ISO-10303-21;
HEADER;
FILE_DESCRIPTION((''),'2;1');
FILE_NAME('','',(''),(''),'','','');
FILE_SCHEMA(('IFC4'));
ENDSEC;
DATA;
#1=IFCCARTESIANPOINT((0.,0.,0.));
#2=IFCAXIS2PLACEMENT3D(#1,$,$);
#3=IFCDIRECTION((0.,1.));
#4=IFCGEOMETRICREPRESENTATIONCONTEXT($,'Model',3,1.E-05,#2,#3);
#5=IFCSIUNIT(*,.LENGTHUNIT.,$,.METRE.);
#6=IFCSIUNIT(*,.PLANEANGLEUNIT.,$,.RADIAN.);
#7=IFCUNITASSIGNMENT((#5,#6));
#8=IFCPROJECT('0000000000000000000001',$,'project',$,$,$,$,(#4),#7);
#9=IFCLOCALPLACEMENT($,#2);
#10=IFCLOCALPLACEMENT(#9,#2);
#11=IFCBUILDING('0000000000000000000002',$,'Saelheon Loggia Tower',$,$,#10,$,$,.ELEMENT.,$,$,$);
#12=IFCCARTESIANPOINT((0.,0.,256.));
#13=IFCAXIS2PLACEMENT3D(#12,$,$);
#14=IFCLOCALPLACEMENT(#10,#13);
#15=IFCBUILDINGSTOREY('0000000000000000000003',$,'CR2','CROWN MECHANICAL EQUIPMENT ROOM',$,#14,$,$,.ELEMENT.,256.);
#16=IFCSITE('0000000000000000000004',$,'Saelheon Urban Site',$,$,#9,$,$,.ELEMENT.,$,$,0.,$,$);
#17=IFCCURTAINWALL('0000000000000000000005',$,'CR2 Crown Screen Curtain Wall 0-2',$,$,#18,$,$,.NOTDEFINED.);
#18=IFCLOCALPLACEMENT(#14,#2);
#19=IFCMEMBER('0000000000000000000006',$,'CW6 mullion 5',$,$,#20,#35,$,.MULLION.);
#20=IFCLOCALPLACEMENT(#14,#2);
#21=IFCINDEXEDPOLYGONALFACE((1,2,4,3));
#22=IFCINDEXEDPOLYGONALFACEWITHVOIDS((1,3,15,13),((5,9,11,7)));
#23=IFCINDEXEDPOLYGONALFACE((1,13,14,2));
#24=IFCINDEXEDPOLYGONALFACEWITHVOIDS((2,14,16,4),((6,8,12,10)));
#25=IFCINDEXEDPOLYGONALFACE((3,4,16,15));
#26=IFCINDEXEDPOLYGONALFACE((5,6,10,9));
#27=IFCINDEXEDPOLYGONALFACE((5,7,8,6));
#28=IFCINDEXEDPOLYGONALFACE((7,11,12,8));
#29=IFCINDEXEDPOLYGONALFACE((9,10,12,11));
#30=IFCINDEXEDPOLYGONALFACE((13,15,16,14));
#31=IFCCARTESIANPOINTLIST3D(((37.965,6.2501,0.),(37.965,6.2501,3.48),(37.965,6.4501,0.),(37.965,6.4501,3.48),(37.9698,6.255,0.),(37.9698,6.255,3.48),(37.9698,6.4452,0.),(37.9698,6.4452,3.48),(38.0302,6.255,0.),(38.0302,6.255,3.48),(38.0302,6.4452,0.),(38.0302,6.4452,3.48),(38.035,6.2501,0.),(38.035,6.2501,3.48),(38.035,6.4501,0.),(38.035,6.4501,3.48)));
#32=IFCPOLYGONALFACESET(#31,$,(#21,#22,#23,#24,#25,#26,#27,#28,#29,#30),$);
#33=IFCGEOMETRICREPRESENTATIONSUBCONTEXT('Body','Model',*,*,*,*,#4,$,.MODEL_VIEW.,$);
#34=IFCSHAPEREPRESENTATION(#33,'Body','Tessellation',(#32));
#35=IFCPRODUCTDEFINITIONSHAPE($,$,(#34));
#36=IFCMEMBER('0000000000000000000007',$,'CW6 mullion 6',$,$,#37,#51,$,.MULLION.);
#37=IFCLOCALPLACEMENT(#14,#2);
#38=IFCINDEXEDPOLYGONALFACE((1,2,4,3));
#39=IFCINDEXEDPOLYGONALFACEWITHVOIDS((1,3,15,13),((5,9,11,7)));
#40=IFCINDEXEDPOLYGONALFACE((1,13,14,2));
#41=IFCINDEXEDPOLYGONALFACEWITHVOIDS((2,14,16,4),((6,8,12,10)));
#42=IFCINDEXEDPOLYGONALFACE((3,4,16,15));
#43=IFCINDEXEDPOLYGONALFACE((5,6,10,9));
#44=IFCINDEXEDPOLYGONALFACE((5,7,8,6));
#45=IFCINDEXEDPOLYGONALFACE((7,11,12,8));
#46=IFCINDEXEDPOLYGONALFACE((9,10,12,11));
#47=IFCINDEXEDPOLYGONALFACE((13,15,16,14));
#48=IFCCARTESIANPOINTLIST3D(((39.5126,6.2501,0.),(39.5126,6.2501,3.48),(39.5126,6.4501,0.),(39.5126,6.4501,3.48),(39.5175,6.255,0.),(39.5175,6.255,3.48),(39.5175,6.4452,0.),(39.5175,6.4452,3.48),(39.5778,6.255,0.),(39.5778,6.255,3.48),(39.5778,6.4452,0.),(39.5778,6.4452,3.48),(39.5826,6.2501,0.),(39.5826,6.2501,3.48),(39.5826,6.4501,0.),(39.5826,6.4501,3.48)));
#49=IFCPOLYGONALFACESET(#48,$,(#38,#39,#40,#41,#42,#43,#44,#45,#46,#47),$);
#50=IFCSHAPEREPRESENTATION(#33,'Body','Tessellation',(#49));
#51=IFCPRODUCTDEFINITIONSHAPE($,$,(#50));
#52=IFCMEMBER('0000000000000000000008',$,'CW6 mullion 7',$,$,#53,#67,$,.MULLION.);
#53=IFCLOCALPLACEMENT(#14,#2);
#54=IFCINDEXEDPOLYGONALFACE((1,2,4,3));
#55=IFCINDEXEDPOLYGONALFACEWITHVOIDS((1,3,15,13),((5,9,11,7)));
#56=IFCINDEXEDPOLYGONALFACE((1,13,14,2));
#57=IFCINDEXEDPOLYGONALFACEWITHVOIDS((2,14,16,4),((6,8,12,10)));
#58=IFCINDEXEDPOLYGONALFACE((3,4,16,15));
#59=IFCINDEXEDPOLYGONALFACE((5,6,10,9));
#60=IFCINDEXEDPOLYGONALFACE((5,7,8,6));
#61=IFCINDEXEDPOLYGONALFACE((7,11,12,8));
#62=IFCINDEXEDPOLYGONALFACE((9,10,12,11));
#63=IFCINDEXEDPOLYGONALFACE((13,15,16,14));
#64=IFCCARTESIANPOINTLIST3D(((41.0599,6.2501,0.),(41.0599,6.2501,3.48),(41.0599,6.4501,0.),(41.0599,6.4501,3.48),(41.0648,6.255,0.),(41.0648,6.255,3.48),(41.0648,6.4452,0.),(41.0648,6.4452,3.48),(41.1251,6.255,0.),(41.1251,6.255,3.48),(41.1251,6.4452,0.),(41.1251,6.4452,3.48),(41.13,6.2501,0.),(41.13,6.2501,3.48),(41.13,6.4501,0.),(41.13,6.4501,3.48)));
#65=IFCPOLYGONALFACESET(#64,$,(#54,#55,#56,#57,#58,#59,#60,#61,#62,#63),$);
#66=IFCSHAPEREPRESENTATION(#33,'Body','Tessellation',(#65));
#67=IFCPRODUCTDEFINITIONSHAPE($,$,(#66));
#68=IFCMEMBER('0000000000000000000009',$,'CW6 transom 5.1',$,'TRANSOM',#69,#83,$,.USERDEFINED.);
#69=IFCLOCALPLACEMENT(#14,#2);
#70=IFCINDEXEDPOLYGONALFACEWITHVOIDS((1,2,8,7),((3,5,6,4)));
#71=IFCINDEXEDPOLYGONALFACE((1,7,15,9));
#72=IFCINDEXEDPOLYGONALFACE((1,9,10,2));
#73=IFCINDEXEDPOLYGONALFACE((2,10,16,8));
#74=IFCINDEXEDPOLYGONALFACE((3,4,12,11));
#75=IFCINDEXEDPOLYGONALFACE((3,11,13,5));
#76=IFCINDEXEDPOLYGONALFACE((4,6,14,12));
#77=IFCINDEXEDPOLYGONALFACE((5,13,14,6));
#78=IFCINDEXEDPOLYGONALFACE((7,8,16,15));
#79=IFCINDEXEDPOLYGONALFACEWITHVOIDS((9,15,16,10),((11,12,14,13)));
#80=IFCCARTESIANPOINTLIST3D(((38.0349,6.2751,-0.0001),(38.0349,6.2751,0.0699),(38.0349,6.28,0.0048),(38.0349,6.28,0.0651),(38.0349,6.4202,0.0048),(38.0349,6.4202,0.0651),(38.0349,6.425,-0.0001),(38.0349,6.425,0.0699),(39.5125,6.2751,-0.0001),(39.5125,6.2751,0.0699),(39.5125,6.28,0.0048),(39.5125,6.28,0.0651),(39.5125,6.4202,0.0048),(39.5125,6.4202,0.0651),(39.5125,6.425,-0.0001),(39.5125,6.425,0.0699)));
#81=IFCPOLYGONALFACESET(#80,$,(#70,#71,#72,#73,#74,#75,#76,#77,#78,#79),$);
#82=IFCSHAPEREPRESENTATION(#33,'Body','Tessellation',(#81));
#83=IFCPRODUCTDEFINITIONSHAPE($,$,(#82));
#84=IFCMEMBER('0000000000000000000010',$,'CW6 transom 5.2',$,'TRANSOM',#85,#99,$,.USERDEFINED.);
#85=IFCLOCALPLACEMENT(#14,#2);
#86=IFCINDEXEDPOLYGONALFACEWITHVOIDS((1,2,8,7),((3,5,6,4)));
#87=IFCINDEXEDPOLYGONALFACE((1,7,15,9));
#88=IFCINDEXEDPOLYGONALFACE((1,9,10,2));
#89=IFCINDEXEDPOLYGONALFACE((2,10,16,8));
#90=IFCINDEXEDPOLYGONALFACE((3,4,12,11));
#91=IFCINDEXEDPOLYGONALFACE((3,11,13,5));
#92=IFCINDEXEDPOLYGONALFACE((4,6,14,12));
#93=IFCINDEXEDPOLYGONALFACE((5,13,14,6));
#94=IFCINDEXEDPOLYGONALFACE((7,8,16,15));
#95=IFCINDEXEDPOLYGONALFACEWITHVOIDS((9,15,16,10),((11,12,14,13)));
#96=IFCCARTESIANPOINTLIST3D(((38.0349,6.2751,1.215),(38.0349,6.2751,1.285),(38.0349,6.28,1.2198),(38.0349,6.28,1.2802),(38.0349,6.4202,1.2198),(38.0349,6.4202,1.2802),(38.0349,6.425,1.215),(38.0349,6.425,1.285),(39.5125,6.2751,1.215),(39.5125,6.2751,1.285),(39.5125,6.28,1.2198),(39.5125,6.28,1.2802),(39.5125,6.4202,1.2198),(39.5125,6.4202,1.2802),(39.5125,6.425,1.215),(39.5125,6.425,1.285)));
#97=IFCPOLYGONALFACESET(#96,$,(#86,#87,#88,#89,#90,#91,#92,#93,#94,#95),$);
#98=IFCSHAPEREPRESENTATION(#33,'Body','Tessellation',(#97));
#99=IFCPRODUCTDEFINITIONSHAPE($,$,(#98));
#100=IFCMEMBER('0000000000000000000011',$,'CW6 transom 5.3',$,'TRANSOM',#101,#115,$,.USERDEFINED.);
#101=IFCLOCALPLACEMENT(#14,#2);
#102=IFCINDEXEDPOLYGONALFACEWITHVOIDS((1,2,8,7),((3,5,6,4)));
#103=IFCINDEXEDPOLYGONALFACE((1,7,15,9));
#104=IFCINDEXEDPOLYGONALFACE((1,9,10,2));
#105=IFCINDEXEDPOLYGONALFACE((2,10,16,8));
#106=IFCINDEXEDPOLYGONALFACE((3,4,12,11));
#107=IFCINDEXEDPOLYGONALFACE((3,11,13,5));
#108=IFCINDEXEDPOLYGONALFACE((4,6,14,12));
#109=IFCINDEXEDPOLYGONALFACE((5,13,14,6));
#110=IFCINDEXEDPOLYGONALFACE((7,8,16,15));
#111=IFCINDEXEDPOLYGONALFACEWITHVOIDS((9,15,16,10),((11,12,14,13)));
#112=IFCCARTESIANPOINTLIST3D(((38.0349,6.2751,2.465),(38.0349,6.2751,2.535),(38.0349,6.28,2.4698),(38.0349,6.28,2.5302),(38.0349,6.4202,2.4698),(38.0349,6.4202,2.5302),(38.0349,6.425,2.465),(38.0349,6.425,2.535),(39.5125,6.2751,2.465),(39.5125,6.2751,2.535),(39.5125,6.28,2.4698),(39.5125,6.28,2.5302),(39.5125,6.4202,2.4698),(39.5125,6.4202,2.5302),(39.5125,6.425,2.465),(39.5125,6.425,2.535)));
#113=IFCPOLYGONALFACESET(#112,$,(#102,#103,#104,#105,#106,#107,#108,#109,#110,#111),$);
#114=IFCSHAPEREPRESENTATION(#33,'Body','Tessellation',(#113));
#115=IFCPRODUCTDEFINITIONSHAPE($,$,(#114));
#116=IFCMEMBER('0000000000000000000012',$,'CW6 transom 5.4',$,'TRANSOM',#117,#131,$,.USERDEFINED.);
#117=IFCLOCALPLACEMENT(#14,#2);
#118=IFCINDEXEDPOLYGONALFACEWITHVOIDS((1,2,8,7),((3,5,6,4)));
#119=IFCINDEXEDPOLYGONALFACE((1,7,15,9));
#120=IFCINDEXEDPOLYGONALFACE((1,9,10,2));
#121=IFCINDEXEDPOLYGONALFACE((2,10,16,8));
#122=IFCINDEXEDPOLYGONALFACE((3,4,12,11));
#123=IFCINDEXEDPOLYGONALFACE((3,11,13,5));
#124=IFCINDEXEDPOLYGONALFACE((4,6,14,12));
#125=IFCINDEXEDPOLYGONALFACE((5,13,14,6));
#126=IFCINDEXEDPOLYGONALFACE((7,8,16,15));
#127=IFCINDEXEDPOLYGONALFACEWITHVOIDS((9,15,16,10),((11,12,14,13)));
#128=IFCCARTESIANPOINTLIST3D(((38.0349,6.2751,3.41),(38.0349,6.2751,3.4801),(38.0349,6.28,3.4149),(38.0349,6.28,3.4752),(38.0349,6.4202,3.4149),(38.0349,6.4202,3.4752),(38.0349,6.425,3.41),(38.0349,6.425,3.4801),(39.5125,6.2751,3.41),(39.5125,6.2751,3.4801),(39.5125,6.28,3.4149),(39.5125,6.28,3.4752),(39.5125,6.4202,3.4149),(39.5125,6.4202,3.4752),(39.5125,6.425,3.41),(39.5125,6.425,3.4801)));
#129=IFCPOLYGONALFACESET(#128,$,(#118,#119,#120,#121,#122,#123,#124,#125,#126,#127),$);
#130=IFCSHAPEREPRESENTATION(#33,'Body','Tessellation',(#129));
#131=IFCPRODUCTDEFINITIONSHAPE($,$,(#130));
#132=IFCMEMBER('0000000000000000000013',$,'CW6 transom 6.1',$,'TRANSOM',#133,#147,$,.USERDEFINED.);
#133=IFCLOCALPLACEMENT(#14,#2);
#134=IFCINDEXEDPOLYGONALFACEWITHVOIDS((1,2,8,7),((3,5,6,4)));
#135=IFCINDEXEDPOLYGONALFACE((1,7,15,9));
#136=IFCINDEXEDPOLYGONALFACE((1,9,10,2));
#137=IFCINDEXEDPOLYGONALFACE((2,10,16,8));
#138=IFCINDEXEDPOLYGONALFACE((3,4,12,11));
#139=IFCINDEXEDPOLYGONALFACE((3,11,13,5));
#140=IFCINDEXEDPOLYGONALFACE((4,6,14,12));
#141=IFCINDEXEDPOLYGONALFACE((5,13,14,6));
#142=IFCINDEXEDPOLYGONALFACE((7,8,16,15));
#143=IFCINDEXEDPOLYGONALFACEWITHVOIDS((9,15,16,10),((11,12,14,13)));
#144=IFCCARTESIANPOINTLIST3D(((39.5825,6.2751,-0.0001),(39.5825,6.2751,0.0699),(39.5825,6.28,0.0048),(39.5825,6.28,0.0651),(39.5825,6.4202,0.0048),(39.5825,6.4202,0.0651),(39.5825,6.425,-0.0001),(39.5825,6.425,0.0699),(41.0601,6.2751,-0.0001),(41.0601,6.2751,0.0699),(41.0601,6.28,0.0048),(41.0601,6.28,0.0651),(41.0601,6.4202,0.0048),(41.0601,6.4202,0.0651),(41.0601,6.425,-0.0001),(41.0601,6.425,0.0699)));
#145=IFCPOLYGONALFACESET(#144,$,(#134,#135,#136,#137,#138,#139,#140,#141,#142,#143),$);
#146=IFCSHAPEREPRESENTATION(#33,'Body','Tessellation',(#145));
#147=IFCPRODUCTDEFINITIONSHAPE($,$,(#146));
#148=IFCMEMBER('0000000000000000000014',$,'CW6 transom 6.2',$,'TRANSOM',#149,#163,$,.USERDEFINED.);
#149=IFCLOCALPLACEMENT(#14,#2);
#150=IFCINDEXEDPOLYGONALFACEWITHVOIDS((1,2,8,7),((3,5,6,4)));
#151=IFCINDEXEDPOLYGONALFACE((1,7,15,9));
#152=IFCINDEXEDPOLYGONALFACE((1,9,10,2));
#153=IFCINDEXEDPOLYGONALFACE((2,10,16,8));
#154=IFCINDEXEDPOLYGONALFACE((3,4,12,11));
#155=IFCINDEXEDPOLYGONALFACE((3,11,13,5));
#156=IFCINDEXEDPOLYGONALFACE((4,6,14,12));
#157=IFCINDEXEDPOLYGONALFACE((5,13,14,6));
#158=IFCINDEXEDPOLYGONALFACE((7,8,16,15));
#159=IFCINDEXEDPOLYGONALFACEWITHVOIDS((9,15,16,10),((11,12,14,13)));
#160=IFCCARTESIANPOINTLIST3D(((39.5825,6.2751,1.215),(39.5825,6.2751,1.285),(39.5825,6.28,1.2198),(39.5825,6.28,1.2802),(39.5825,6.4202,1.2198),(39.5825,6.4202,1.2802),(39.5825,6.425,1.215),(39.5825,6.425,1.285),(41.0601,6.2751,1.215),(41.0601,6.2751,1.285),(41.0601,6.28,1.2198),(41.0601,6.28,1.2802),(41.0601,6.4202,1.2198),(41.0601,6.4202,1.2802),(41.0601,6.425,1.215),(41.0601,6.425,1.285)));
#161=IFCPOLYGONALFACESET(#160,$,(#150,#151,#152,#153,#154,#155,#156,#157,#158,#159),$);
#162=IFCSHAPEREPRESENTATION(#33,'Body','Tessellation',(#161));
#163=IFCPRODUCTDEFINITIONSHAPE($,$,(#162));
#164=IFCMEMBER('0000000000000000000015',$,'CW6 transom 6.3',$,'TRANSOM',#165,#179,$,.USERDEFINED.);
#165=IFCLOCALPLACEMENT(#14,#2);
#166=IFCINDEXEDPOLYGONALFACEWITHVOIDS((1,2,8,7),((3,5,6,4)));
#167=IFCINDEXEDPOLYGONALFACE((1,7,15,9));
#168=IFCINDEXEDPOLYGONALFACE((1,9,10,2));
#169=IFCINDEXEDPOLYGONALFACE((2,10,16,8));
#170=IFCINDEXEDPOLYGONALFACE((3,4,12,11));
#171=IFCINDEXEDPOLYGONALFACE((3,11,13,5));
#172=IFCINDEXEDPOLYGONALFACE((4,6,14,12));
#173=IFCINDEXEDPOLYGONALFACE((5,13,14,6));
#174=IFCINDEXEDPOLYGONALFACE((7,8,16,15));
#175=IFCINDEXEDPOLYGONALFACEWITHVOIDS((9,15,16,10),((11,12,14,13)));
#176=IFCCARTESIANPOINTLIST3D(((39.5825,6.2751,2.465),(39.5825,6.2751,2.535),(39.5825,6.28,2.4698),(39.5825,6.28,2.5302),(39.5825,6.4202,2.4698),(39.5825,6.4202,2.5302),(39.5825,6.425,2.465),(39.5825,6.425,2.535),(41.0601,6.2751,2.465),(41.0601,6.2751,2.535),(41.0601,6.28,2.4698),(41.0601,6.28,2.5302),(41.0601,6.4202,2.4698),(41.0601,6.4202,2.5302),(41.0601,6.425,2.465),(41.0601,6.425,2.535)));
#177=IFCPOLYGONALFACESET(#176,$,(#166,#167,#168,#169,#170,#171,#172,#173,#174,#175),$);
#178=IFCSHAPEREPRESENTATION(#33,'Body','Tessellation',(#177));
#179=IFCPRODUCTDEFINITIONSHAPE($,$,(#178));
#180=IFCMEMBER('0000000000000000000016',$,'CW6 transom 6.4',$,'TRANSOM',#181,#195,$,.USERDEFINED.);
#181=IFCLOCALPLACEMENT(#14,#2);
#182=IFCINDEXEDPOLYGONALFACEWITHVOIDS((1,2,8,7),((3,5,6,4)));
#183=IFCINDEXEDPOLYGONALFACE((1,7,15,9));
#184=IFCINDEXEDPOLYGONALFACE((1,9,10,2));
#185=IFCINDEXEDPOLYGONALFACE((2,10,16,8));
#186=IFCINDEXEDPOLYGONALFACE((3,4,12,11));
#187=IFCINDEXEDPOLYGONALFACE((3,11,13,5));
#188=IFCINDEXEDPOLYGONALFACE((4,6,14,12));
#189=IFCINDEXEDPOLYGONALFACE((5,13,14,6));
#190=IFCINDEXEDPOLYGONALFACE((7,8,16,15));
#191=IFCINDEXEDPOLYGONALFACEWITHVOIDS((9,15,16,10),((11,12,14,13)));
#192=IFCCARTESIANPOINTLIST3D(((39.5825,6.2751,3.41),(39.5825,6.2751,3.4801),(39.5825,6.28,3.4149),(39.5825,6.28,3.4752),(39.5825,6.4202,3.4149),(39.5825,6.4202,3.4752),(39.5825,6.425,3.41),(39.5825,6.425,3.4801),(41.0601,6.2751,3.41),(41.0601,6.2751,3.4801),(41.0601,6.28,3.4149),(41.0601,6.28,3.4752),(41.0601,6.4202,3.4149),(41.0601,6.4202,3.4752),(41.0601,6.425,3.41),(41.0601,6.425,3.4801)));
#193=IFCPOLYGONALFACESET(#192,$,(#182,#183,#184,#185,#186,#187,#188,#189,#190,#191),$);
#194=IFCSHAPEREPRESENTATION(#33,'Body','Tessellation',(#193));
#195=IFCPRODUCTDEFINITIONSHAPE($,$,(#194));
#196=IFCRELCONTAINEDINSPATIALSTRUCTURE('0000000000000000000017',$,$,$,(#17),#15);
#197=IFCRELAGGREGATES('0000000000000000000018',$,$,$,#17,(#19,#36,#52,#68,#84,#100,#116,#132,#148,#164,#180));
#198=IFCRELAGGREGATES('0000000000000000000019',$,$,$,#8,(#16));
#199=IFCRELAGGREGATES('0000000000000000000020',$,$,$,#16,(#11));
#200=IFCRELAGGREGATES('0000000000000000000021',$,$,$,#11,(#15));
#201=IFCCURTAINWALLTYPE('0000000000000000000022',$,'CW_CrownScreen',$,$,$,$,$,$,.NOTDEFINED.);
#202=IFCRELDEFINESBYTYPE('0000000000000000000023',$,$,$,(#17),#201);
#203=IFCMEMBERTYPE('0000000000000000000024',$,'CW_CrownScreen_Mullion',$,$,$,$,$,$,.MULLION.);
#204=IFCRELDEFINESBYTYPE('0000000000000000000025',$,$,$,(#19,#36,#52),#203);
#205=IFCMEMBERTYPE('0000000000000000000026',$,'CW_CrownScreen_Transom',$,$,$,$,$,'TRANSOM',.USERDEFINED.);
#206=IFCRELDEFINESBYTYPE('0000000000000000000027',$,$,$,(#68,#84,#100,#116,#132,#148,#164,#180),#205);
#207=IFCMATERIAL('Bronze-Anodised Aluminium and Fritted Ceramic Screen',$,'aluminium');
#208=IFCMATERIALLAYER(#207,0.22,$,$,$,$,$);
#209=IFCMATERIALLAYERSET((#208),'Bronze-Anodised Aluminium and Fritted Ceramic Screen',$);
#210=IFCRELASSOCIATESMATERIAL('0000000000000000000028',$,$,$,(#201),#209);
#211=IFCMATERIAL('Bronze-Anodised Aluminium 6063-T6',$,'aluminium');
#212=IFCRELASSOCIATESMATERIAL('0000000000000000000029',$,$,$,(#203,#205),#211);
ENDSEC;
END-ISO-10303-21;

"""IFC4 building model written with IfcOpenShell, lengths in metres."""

from ifc_helpers import new_model, si_unit, direction, frame, origin, origin_2d, place, context, subcontext, project, spatial, hollow_rectangle, extrude, source, transform, mapped, material, layer, layer_set, material_profile, profile_set, type_object, element, aggregate, save


model = new_model("IFC4")

# Units and contexts
model_context = context("Model", 3, precision=1e-05, world=origin(), true_north=direction((0.0, 1.0)))
body_context = subcontext(model_context, "Body", "Model", "MODEL_VIEW")
ifc_project = project(units=[si_unit("LENGTHUNIT", "METRE"), si_unit("PLANEANGLEUNIT", "RADIAN")], contexts=[model_context])

# Site, building, storey
site_placement = place(None, origin())
site = spatial("IfcSite", under=ifc_project, at=site_placement, Name="Saelheon Urban Site", CompositionType="ELEMENT", RefElevation=0.0)
building_placement = place(site_placement, origin())
building = spatial("IfcBuilding", under=site, at=building_placement, Name="Saelheon Loggia Tower", CompositionType="ELEMENT")
storey_placement = place(building_placement, frame((0.0, 0.0, 256.0)))
storey = spatial("IfcBuildingStorey", under=building, at=storey_placement, Name="CR2", Description="CROWN MECHANICAL EQUIPMENT ROOM", CompositionType="ELEMENT", Elevation=256.0)

# Curtain wall, members
ifc_material_1 = material(Name="Bronze-Anodised Aluminium and Fritted Ceramic Screen", Category="aluminium")
ifc_layer_1 = layer(ifc_material_1, 0.22)
ifc_layer_set_1 = layer_set([ifc_layer_1], Name="Bronze-Anodised Aluminium and Fritted Ceramic Screen")
curtain_wall_type = type_object("IfcCurtainWallType", Name="CW_CrownScreen", PredefinedType="NOTDEFINED", material=ifc_layer_set_1)
curtain_wall_placement = place(storey_placement, origin())
curtain_wall = element("IfcCurtainWall", 1, at=curtain_wall_placement, inside=storey, type_object=curtain_wall_type, Name="CR2 Crown Screen Curtain Wall 0-2", PredefinedType="NOTDEFINED")
ifc_material_2 = material(Name="Bronze-Anodised Aluminium 6063-T6", Category="aluminium")
ifc_material_profile_1 = material_profile(ifc_material_2, hollow_rectangle(XDim=0.0701, YDim=0.2, WallThickness=0.0049, at=origin_2d()), Name="RHS-200x70x5")
ifc_profile_set_1 = profile_set([ifc_material_profile_1], Name="Bronze-Anodised Aluminium 6063-T6")
member_type_1 = type_object("IfcMemberType", Name="CW_CrownScreen_Mullion", PredefinedType="MULLION", material=ifc_profile_set_1)
shared_shape_1 = source(origin(), body_context, "Body", "SweptSolid", [
    extrude(hollow_rectangle(XDim=0.0701, YDim=0.2, WallThickness=0.0049, at=origin_2d()), origin(), (0.0, 0.0, 1.0), 3.48),
])
member_1_placement = place(storey_placement, frame((38.0, 6.3501, 0.0), z_axis=(0.0, 0.0, 1.0), x_axis=(1.0, 0.0, 0.0)))
member_1 = element("IfcMember", 2, at=member_1_placement, type_object=member_type_1, Name="CW6 mullion 5", PredefinedType="MULLION", context=body_context, shape_type="MappedRepresentation", body=[
    mapped(shared_shape_1, transform((0.0, 0.0, 0.0), scale=1.0)),
])
member_2_placement = place(storey_placement, frame((39.5476, 6.3501, 0.0), z_axis=(0.0, 0.0, 1.0), x_axis=(1.0, 0.0, 0.0)))
member_2 = element("IfcMember", 3, at=member_2_placement, type_object=member_type_1, Name="CW6 mullion 6", PredefinedType="MULLION", context=body_context, shape_type="MappedRepresentation", body=[
    mapped(shared_shape_1, transform((0.0, 0.0, 0.0), scale=1.0)),
])
member_3_placement = place(storey_placement, frame((41.095, 6.3501, 0.0), z_axis=(0.0, 0.0, 1.0), x_axis=(1.0, 0.0, 0.0)))
member_3 = element("IfcMember", 4, at=member_3_placement, type_object=member_type_1, Name="CW6 mullion 7", PredefinedType="MULLION", context=body_context, shape_type="MappedRepresentation", body=[
    mapped(shared_shape_1, transform((0.0, 0.0, 0.0), scale=1.0)),
])
ifc_material_profile_2 = material_profile(ifc_material_2, hollow_rectangle(XDim=0.0701, YDim=0.1499, WallThickness=0.0049, at=origin_2d()), Name="RHS-150x70x5")
ifc_profile_set_2 = profile_set([ifc_material_profile_2], Name="Bronze-Anodised Aluminium 6063-T6")
member_type_2 = type_object("IfcMemberType", Name="CW_CrownScreen_Transom", ElementType="TRANSOM", PredefinedType="USERDEFINED", material=ifc_profile_set_2)
shared_shape_2 = source(origin(), body_context, "Body", "SweptSolid", [
    extrude(hollow_rectangle(XDim=0.0701, YDim=0.1499, WallThickness=0.0049, at=origin_2d()), origin(), (0.0, 0.0, 1.0), 1.4775),
])
member_4_placement = place(storey_placement, frame((38.0349, 6.3501, 0.0349), z_axis=(1.0, 0.0, 0.0), x_axis=(0.0, 0.0, 1.0)))
member_4 = element("IfcMember", 5, at=member_4_placement, type_object=member_type_2, Name="CW6 transom 5.1", ObjectType="TRANSOM", PredefinedType="USERDEFINED", context=body_context, shape_type="MappedRepresentation", body=[
    mapped(shared_shape_2, transform((0.0, 0.0, 0.0), scale=1.0)),
])
member_5_placement = place(storey_placement, frame((38.0349, 6.3501, 1.25), z_axis=(1.0, 0.0, 0.0), x_axis=(0.0, 0.0, 1.0)))
member_5 = element("IfcMember", 6, at=member_5_placement, type_object=member_type_2, Name="CW6 transom 5.2", ObjectType="TRANSOM", PredefinedType="USERDEFINED", context=body_context, shape_type="MappedRepresentation", body=[
    mapped(shared_shape_2, transform((0.0, 0.0, 0.0), scale=1.0)),
])
member_6_placement = place(storey_placement, frame((38.0349, 6.3501, 2.5), z_axis=(1.0, 0.0, 0.0), x_axis=(0.0, 0.0, 1.0)))
member_6 = element("IfcMember", 7, at=member_6_placement, type_object=member_type_2, Name="CW6 transom 5.3", ObjectType="TRANSOM", PredefinedType="USERDEFINED", context=body_context, shape_type="MappedRepresentation", body=[
    mapped(shared_shape_2, transform((0.0, 0.0, 0.0), scale=1.0)),
])
member_7_placement = place(storey_placement, frame((38.0349, 6.3501, 3.4451), z_axis=(1.0, 0.0, 0.0), x_axis=(0.0, 0.0, 1.0)))
member_7 = element("IfcMember", 8, at=member_7_placement, type_object=member_type_2, Name="CW6 transom 5.4", ObjectType="TRANSOM", PredefinedType="USERDEFINED", context=body_context, shape_type="MappedRepresentation", body=[
    mapped(shared_shape_2, transform((0.0, 0.0, 0.0), scale=1.0)),
])
member_8_placement = place(storey_placement, frame((39.5825, 6.3501, 0.0349), z_axis=(1.0, 0.0, 0.0), x_axis=(0.0, 0.0, 1.0)))
member_8 = element("IfcMember", 9, at=member_8_placement, type_object=member_type_2, Name="CW6 transom 6.1", ObjectType="TRANSOM", PredefinedType="USERDEFINED", context=body_context, shape_type="MappedRepresentation", body=[
    mapped(shared_shape_2, transform((0.0, 0.0, 0.0), scale=1.0)),
])
member_9_placement = place(storey_placement, frame((39.5825, 6.3501, 1.25), z_axis=(1.0, 0.0, 0.0), x_axis=(0.0, 0.0, 1.0)))
member_9 = element("IfcMember", 10, at=member_9_placement, type_object=member_type_2, Name="CW6 transom 6.2", ObjectType="TRANSOM", PredefinedType="USERDEFINED", context=body_context, shape_type="MappedRepresentation", body=[
    mapped(shared_shape_2, transform((0.0, 0.0, 0.0), scale=1.0)),
])
member_10_placement = place(storey_placement, frame((39.5825, 6.3501, 2.5), z_axis=(1.0, 0.0, 0.0), x_axis=(0.0, 0.0, 1.0)))
member_10 = element("IfcMember", 11, at=member_10_placement, type_object=member_type_2, Name="CW6 transom 6.3", ObjectType="TRANSOM", PredefinedType="USERDEFINED", context=body_context, shape_type="MappedRepresentation", body=[
    mapped(shared_shape_2, transform((0.0, 0.0, 0.0), scale=1.0)),
])
member_11_placement = place(storey_placement, frame((39.5825, 6.3501, 3.4451), z_axis=(1.0, 0.0, 0.0), x_axis=(0.0, 0.0, 1.0)))
member_11 = element("IfcMember", 12, at=member_11_placement, type_object=member_type_2, Name="CW6 transom 6.4", ObjectType="TRANSOM", PredefinedType="USERDEFINED", context=body_context, shape_type="MappedRepresentation", body=[
    mapped(shared_shape_2, transform((0.0, 0.0, 0.0), scale=1.0)),
])
aggregate(curtain_wall, [member_1, member_2, member_3, member_4, member_5, member_6, member_7, member_8, member_9, member_10, member_11])

save(model, "model.ifc")
